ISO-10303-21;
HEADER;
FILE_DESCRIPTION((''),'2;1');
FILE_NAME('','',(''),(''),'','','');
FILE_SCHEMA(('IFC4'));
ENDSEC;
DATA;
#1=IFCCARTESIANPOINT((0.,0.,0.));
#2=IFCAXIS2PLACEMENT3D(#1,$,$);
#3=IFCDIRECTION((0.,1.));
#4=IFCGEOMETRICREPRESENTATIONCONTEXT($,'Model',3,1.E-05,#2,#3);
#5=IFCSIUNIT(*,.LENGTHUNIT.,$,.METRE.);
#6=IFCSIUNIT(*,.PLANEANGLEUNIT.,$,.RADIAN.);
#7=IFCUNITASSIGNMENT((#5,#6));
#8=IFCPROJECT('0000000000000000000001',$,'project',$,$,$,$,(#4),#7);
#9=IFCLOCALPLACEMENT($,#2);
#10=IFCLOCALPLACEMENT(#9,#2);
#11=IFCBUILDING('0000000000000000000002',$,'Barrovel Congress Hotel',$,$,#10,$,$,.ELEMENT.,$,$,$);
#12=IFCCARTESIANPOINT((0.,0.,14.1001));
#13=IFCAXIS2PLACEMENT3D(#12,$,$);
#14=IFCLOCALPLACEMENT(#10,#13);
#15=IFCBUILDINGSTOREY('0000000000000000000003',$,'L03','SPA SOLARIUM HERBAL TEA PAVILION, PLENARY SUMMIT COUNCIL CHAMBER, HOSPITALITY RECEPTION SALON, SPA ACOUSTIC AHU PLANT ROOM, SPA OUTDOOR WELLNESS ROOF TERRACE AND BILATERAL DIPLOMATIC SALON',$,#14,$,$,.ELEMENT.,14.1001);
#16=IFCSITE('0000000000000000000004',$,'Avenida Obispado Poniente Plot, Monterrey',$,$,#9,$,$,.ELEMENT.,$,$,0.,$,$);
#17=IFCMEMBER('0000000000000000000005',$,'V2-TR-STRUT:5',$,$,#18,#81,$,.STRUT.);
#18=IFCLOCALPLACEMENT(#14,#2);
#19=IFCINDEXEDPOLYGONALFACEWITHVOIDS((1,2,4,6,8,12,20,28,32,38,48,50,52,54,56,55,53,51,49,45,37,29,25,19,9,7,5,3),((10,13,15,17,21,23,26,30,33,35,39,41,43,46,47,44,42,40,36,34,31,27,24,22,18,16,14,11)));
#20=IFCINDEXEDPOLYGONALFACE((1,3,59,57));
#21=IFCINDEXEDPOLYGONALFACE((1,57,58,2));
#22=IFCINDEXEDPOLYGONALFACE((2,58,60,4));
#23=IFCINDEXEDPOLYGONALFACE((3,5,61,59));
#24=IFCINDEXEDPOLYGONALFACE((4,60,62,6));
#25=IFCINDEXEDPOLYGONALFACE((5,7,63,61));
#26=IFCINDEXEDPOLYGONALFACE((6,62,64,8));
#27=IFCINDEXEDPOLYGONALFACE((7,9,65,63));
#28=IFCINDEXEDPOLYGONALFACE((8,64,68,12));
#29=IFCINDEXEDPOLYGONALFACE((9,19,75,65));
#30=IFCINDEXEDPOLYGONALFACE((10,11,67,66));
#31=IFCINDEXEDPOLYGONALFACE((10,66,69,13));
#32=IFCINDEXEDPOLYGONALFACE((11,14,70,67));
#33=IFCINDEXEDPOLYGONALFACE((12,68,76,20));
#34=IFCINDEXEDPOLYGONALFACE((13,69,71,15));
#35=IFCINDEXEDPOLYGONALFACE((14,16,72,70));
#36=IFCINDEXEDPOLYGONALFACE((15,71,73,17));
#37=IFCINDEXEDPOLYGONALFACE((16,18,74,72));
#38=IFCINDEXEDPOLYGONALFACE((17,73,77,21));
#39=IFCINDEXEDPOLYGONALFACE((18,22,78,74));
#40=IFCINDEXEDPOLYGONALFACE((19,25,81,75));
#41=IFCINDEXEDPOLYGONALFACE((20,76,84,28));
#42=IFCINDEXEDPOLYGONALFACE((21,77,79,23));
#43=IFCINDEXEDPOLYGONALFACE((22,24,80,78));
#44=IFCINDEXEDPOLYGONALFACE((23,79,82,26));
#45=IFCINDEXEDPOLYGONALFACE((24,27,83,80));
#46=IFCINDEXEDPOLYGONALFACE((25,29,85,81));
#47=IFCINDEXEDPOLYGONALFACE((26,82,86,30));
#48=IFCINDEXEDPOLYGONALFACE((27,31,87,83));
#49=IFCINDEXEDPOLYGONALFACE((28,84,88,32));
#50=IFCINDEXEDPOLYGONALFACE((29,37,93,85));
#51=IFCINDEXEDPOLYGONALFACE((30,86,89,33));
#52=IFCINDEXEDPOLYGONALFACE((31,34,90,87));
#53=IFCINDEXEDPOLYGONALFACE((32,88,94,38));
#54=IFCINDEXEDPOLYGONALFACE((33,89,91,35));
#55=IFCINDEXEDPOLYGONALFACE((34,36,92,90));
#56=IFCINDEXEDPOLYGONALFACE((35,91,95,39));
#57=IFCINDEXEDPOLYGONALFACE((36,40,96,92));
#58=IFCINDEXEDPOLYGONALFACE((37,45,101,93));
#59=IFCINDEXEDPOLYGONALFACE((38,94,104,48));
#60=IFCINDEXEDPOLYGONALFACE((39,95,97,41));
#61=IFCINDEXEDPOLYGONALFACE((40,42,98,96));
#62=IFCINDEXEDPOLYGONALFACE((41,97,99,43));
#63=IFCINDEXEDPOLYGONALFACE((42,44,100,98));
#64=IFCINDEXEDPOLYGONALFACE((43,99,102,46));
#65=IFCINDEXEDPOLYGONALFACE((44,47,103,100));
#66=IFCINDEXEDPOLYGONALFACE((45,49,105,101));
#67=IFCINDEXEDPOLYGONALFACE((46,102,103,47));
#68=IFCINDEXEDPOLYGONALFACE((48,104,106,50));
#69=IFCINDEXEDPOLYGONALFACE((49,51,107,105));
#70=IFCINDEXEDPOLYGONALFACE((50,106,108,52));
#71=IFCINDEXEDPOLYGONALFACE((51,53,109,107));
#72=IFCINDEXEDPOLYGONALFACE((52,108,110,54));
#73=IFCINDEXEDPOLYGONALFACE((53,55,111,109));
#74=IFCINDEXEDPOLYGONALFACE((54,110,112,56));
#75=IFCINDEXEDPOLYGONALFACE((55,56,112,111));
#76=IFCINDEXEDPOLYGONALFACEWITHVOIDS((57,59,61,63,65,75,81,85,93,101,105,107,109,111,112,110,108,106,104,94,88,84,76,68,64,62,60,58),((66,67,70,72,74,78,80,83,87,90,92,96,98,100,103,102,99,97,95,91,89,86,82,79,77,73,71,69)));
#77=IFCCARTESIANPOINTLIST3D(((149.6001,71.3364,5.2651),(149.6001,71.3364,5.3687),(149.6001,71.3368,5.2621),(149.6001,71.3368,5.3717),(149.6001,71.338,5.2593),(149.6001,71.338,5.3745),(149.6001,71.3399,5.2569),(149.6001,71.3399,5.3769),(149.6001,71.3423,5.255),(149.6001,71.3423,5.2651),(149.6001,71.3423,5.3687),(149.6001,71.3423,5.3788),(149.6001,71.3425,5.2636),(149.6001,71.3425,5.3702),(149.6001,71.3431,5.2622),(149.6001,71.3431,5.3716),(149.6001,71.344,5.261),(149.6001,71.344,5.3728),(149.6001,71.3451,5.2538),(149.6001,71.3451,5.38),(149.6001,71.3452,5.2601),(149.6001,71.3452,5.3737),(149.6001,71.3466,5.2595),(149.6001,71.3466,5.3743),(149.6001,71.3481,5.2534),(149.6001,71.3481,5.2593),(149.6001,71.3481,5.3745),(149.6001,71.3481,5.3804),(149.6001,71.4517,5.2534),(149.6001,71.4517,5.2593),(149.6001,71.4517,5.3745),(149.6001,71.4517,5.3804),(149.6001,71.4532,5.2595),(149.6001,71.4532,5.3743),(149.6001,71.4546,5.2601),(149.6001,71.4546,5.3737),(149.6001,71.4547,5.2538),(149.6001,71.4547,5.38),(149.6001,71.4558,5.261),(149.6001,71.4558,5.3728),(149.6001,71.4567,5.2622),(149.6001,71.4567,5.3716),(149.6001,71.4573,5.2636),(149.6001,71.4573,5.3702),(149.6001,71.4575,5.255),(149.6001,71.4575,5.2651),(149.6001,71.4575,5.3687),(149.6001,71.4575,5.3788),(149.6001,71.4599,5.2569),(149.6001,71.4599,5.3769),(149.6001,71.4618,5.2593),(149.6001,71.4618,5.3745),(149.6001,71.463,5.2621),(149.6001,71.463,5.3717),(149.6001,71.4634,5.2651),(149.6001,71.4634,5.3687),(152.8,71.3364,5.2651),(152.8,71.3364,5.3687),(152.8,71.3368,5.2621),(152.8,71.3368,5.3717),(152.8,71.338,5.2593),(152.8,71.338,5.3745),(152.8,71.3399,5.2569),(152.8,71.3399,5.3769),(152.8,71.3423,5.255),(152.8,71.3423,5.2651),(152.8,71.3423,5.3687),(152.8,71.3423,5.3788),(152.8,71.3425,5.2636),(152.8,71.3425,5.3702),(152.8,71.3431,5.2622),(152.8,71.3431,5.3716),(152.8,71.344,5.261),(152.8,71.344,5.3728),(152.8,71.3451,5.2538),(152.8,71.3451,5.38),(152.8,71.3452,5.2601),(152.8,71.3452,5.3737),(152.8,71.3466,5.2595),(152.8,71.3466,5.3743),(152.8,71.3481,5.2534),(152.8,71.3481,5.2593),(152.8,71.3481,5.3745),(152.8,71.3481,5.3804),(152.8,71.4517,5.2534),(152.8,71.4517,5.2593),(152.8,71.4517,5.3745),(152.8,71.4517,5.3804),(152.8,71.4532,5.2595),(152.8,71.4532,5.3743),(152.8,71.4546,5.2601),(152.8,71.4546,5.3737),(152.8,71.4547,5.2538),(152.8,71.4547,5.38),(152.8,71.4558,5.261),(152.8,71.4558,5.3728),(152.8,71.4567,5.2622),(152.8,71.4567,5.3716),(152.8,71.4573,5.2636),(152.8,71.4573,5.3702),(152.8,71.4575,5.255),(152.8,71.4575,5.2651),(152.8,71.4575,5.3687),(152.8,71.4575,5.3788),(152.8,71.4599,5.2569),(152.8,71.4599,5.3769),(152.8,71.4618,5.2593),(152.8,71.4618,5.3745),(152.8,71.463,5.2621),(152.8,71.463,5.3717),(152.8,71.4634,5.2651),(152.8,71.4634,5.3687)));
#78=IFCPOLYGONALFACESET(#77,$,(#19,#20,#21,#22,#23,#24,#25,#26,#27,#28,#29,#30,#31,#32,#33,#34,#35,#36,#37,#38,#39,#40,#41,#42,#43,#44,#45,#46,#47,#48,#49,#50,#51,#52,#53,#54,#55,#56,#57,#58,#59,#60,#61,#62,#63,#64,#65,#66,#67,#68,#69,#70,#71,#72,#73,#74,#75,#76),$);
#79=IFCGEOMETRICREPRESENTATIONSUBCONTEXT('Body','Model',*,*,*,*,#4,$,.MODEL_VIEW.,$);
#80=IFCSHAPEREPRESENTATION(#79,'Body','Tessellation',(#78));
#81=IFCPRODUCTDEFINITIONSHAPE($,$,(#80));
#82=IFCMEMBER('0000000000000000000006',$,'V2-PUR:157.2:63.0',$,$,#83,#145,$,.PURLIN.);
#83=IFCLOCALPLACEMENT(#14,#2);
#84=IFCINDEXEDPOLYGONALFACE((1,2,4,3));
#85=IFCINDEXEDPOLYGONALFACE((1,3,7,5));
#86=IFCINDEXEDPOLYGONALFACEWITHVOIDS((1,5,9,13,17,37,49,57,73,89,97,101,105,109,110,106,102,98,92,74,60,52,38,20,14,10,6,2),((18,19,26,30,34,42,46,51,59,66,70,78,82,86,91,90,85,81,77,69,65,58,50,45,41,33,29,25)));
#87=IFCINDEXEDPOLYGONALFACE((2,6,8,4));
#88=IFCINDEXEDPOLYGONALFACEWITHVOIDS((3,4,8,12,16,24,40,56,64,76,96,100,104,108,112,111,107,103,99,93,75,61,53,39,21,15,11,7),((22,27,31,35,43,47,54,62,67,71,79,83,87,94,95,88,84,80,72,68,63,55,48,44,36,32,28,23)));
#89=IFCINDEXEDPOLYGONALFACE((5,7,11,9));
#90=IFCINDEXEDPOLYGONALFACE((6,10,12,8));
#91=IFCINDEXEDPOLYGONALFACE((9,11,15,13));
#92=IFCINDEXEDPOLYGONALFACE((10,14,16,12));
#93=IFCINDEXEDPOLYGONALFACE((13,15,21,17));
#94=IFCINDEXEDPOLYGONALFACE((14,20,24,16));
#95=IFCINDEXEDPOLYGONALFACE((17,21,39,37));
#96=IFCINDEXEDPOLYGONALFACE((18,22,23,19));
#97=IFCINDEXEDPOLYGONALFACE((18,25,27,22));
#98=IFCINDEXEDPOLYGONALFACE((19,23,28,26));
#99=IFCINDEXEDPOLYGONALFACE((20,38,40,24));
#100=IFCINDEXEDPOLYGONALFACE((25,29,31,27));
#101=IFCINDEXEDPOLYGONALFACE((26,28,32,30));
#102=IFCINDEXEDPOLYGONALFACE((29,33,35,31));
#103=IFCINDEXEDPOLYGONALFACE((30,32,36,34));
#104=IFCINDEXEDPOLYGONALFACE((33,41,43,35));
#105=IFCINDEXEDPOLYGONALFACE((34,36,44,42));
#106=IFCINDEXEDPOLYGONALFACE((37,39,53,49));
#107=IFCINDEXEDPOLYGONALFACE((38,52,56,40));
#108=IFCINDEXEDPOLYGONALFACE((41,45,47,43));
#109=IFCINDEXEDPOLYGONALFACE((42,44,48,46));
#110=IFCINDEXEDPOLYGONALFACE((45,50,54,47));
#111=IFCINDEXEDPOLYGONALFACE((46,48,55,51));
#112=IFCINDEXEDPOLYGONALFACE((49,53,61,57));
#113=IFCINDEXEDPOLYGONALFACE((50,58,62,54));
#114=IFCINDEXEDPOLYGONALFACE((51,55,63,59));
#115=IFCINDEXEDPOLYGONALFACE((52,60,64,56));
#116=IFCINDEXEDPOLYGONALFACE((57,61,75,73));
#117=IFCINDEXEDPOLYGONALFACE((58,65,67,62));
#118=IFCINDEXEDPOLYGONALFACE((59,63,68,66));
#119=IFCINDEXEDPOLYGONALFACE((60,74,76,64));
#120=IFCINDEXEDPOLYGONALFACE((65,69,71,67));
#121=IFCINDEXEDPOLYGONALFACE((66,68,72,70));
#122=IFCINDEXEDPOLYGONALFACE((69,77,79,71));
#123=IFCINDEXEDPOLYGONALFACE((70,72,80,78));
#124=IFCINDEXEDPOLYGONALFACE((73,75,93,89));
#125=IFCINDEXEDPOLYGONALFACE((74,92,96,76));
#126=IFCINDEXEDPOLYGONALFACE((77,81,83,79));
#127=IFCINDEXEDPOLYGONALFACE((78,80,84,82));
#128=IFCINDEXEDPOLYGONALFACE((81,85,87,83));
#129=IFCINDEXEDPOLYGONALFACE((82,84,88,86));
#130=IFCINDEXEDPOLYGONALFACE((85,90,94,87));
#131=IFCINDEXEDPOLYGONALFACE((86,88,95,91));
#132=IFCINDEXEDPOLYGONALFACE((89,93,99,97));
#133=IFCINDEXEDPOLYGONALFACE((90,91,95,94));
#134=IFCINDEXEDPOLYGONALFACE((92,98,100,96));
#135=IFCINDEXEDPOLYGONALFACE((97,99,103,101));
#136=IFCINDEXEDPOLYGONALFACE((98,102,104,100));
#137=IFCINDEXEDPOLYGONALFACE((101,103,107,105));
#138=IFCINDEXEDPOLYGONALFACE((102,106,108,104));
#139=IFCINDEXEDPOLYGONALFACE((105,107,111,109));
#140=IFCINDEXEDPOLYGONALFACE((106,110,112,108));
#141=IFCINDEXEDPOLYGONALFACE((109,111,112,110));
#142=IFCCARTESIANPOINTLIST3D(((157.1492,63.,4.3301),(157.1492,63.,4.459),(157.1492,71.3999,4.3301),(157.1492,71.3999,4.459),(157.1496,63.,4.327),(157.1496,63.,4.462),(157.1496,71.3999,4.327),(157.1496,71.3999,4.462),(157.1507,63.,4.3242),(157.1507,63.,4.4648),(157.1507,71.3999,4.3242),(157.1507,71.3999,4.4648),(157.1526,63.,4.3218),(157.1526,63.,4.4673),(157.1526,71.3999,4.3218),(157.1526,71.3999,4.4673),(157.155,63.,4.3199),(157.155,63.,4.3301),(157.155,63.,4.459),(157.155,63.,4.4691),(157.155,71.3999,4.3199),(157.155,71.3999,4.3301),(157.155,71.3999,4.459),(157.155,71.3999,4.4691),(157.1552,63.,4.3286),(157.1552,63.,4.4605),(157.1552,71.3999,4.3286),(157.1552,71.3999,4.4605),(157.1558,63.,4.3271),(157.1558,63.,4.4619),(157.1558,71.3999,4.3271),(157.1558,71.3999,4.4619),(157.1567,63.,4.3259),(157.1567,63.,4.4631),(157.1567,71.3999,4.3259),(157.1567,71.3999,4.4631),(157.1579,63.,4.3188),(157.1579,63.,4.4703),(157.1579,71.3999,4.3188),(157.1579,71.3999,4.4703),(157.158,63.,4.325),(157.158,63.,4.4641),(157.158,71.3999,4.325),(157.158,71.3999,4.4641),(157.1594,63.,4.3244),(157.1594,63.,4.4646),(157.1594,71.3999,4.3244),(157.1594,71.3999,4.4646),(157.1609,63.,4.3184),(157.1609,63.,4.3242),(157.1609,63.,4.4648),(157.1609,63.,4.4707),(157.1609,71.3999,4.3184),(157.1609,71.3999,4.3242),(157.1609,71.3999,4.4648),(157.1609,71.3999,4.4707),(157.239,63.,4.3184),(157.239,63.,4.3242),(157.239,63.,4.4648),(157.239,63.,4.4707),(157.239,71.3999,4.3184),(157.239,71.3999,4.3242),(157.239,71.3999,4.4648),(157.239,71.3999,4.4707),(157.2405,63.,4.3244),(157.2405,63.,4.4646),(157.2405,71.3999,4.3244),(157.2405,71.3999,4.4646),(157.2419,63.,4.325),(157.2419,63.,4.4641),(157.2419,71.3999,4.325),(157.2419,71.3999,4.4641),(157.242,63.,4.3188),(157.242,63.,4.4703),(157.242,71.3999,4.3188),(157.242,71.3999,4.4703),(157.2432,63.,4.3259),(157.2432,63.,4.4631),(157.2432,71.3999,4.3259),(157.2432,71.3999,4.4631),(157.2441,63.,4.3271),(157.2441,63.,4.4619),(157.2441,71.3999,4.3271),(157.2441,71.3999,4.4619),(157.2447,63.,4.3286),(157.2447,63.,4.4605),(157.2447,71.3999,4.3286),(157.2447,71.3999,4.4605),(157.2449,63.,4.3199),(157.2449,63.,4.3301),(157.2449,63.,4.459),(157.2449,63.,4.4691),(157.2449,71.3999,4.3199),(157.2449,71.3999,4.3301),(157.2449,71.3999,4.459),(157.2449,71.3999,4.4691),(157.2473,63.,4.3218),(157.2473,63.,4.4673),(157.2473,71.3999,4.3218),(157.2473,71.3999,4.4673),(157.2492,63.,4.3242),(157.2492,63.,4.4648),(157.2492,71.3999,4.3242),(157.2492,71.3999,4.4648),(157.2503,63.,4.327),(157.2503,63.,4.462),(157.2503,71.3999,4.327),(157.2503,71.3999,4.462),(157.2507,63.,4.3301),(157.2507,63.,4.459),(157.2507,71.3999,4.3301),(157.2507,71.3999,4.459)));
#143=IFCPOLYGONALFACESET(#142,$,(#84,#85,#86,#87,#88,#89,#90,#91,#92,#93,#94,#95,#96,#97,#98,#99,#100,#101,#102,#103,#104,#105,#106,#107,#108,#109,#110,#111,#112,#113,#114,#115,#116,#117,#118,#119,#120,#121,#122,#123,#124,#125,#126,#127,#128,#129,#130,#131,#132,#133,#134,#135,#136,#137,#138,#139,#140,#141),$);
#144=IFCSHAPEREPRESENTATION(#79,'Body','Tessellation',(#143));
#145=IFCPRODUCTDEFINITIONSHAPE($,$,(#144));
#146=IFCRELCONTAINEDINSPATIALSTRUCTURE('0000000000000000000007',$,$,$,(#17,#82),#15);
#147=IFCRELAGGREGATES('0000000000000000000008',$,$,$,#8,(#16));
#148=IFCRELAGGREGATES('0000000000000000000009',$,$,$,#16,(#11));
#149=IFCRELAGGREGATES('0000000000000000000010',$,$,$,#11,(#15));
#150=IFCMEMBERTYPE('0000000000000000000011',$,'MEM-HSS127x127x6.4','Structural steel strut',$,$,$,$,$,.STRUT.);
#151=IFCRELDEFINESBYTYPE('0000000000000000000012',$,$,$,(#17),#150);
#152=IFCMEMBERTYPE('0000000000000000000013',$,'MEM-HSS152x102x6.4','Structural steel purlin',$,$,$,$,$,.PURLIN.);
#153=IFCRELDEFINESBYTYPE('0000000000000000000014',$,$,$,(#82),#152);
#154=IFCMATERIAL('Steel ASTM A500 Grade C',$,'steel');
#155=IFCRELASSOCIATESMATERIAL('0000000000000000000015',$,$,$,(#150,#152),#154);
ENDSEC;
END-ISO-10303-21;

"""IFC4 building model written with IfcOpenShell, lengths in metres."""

from ifc_helpers import new_model, si_unit, direction, frame, origin, origin_2d, place, context, subcontext, project, spatial, hollow_rectangle, extrude, material, material_profile, profile_set, type_object, element, save


model = new_model("IFC4")

# Units and contexts
model_context = context("Model", 3, precision=1e-05, world=origin(), true_north=direction((0.0, 1.0)))
body_context = subcontext(model_context, "Body", "Model", "MODEL_VIEW")
ifc_project = project(units=[si_unit("LENGTHUNIT", "METRE"), si_unit("PLANEANGLEUNIT", "RADIAN")], contexts=[model_context])

# Site, building, storey
site_placement = place(None, origin())
site = spatial("IfcSite", under=ifc_project, at=site_placement, Name="Avenida Obispado Poniente Plot, Monterrey", CompositionType="ELEMENT", RefElevation=0.0)
building_placement = place(site_placement, origin())
building = spatial("IfcBuilding", under=site, at=building_placement, Name="Barrovel Congress Hotel", CompositionType="ELEMENT")
storey_placement = place(building_placement, frame((0.0, 0.0, 14.1001)))
storey = spatial("IfcBuildingStorey", under=building, at=storey_placement, Name="L03", Description="SPA SOLARIUM HERBAL TEA PAVILION, PLENARY SUMMIT COUNCIL CHAMBER, HOSPITALITY RECEPTION SALON, SPA ACOUSTIC AHU PLANT ROOM, SPA OUTDOOR WELLNESS ROOF TERRACE AND BILATERAL DIPLOMATIC SALON", CompositionType="ELEMENT", Elevation=14.1001)

# Members
ifc_material_1 = material(Name="Steel ASTM A500 Grade C", Category="steel")
ifc_material_profile_1 = material_profile(ifc_material_1, hollow_rectangle(XDim=0.127, YDim=0.127, WallThickness=0.0059, InnerFilletRadius=0.0059, OuterFilletRadius=0.0117, at=origin_2d()), Name="HSS127x127x6.4")
ifc_profile_set_1 = profile_set([ifc_material_profile_1], Name="Steel ASTM A500 Grade C")
member_type_1 = type_object("IfcMemberType", Name="MEM-HSS127x127x6.4", Description="Structural steel strut", PredefinedType="STRUT", material=ifc_profile_set_1)
member_1_placement = place(storey_placement, frame((149.6001, 71.3999, 5.3169), z_axis=(1.0, 0.0, 0.0), x_axis=(0.0, 1.0, 0.0)))
element("IfcMember", 1, at=member_1_placement, inside=storey, type_object=member_type_1, Name="V2-TR-STRUT:5", PredefinedType="STRUT", context=body_context, shape_type="SweptSolid", body=[
    extrude(hollow_rectangle(XDim=0.127, YDim=0.127, WallThickness=0.0059, InnerFilletRadius=0.0059, OuterFilletRadius=0.0117, at=origin_2d()), origin(), (0.0, 0.0, 1.0), 3.2),
])
ifc_material_profile_2 = material_profile(ifc_material_1, hollow_rectangle(XDim=0.1016, YDim=0.1523, WallThickness=0.0059, InnerFilletRadius=0.0059, OuterFilletRadius=0.0117, at=origin_2d()), Name="HSS152x102x6.4")
ifc_profile_set_2 = profile_set([ifc_material_profile_2], Name="Steel ASTM A500 Grade C")
member_type_2 = type_object("IfcMemberType", Name="MEM-HSS152x102x6.4", Description="Structural steel purlin", PredefinedType="PURLIN", material=ifc_profile_set_2)
member_2_placement = place(storey_placement, frame((157.2, 63.0, 4.3945), z_axis=(0.0, 1.0, 0.0), x_axis=(-1.0, 0.0, 0.0)))
element("IfcMember", 2, at=member_2_placement, inside=storey, type_object=member_type_2, Name="V2-PUR:157.2:63.0", PredefinedType="PURLIN", context=body_context, shape_type="SweptSolid", body=[
    extrude(hollow_rectangle(XDim=0.1016, YDim=0.1523, WallThickness=0.0059, InnerFilletRadius=0.0059, OuterFilletRadius=0.0117, at=origin_2d()), origin(), (0.0, 0.0, 1.0), 8.3999),
])

save(model, "model.ifc")
